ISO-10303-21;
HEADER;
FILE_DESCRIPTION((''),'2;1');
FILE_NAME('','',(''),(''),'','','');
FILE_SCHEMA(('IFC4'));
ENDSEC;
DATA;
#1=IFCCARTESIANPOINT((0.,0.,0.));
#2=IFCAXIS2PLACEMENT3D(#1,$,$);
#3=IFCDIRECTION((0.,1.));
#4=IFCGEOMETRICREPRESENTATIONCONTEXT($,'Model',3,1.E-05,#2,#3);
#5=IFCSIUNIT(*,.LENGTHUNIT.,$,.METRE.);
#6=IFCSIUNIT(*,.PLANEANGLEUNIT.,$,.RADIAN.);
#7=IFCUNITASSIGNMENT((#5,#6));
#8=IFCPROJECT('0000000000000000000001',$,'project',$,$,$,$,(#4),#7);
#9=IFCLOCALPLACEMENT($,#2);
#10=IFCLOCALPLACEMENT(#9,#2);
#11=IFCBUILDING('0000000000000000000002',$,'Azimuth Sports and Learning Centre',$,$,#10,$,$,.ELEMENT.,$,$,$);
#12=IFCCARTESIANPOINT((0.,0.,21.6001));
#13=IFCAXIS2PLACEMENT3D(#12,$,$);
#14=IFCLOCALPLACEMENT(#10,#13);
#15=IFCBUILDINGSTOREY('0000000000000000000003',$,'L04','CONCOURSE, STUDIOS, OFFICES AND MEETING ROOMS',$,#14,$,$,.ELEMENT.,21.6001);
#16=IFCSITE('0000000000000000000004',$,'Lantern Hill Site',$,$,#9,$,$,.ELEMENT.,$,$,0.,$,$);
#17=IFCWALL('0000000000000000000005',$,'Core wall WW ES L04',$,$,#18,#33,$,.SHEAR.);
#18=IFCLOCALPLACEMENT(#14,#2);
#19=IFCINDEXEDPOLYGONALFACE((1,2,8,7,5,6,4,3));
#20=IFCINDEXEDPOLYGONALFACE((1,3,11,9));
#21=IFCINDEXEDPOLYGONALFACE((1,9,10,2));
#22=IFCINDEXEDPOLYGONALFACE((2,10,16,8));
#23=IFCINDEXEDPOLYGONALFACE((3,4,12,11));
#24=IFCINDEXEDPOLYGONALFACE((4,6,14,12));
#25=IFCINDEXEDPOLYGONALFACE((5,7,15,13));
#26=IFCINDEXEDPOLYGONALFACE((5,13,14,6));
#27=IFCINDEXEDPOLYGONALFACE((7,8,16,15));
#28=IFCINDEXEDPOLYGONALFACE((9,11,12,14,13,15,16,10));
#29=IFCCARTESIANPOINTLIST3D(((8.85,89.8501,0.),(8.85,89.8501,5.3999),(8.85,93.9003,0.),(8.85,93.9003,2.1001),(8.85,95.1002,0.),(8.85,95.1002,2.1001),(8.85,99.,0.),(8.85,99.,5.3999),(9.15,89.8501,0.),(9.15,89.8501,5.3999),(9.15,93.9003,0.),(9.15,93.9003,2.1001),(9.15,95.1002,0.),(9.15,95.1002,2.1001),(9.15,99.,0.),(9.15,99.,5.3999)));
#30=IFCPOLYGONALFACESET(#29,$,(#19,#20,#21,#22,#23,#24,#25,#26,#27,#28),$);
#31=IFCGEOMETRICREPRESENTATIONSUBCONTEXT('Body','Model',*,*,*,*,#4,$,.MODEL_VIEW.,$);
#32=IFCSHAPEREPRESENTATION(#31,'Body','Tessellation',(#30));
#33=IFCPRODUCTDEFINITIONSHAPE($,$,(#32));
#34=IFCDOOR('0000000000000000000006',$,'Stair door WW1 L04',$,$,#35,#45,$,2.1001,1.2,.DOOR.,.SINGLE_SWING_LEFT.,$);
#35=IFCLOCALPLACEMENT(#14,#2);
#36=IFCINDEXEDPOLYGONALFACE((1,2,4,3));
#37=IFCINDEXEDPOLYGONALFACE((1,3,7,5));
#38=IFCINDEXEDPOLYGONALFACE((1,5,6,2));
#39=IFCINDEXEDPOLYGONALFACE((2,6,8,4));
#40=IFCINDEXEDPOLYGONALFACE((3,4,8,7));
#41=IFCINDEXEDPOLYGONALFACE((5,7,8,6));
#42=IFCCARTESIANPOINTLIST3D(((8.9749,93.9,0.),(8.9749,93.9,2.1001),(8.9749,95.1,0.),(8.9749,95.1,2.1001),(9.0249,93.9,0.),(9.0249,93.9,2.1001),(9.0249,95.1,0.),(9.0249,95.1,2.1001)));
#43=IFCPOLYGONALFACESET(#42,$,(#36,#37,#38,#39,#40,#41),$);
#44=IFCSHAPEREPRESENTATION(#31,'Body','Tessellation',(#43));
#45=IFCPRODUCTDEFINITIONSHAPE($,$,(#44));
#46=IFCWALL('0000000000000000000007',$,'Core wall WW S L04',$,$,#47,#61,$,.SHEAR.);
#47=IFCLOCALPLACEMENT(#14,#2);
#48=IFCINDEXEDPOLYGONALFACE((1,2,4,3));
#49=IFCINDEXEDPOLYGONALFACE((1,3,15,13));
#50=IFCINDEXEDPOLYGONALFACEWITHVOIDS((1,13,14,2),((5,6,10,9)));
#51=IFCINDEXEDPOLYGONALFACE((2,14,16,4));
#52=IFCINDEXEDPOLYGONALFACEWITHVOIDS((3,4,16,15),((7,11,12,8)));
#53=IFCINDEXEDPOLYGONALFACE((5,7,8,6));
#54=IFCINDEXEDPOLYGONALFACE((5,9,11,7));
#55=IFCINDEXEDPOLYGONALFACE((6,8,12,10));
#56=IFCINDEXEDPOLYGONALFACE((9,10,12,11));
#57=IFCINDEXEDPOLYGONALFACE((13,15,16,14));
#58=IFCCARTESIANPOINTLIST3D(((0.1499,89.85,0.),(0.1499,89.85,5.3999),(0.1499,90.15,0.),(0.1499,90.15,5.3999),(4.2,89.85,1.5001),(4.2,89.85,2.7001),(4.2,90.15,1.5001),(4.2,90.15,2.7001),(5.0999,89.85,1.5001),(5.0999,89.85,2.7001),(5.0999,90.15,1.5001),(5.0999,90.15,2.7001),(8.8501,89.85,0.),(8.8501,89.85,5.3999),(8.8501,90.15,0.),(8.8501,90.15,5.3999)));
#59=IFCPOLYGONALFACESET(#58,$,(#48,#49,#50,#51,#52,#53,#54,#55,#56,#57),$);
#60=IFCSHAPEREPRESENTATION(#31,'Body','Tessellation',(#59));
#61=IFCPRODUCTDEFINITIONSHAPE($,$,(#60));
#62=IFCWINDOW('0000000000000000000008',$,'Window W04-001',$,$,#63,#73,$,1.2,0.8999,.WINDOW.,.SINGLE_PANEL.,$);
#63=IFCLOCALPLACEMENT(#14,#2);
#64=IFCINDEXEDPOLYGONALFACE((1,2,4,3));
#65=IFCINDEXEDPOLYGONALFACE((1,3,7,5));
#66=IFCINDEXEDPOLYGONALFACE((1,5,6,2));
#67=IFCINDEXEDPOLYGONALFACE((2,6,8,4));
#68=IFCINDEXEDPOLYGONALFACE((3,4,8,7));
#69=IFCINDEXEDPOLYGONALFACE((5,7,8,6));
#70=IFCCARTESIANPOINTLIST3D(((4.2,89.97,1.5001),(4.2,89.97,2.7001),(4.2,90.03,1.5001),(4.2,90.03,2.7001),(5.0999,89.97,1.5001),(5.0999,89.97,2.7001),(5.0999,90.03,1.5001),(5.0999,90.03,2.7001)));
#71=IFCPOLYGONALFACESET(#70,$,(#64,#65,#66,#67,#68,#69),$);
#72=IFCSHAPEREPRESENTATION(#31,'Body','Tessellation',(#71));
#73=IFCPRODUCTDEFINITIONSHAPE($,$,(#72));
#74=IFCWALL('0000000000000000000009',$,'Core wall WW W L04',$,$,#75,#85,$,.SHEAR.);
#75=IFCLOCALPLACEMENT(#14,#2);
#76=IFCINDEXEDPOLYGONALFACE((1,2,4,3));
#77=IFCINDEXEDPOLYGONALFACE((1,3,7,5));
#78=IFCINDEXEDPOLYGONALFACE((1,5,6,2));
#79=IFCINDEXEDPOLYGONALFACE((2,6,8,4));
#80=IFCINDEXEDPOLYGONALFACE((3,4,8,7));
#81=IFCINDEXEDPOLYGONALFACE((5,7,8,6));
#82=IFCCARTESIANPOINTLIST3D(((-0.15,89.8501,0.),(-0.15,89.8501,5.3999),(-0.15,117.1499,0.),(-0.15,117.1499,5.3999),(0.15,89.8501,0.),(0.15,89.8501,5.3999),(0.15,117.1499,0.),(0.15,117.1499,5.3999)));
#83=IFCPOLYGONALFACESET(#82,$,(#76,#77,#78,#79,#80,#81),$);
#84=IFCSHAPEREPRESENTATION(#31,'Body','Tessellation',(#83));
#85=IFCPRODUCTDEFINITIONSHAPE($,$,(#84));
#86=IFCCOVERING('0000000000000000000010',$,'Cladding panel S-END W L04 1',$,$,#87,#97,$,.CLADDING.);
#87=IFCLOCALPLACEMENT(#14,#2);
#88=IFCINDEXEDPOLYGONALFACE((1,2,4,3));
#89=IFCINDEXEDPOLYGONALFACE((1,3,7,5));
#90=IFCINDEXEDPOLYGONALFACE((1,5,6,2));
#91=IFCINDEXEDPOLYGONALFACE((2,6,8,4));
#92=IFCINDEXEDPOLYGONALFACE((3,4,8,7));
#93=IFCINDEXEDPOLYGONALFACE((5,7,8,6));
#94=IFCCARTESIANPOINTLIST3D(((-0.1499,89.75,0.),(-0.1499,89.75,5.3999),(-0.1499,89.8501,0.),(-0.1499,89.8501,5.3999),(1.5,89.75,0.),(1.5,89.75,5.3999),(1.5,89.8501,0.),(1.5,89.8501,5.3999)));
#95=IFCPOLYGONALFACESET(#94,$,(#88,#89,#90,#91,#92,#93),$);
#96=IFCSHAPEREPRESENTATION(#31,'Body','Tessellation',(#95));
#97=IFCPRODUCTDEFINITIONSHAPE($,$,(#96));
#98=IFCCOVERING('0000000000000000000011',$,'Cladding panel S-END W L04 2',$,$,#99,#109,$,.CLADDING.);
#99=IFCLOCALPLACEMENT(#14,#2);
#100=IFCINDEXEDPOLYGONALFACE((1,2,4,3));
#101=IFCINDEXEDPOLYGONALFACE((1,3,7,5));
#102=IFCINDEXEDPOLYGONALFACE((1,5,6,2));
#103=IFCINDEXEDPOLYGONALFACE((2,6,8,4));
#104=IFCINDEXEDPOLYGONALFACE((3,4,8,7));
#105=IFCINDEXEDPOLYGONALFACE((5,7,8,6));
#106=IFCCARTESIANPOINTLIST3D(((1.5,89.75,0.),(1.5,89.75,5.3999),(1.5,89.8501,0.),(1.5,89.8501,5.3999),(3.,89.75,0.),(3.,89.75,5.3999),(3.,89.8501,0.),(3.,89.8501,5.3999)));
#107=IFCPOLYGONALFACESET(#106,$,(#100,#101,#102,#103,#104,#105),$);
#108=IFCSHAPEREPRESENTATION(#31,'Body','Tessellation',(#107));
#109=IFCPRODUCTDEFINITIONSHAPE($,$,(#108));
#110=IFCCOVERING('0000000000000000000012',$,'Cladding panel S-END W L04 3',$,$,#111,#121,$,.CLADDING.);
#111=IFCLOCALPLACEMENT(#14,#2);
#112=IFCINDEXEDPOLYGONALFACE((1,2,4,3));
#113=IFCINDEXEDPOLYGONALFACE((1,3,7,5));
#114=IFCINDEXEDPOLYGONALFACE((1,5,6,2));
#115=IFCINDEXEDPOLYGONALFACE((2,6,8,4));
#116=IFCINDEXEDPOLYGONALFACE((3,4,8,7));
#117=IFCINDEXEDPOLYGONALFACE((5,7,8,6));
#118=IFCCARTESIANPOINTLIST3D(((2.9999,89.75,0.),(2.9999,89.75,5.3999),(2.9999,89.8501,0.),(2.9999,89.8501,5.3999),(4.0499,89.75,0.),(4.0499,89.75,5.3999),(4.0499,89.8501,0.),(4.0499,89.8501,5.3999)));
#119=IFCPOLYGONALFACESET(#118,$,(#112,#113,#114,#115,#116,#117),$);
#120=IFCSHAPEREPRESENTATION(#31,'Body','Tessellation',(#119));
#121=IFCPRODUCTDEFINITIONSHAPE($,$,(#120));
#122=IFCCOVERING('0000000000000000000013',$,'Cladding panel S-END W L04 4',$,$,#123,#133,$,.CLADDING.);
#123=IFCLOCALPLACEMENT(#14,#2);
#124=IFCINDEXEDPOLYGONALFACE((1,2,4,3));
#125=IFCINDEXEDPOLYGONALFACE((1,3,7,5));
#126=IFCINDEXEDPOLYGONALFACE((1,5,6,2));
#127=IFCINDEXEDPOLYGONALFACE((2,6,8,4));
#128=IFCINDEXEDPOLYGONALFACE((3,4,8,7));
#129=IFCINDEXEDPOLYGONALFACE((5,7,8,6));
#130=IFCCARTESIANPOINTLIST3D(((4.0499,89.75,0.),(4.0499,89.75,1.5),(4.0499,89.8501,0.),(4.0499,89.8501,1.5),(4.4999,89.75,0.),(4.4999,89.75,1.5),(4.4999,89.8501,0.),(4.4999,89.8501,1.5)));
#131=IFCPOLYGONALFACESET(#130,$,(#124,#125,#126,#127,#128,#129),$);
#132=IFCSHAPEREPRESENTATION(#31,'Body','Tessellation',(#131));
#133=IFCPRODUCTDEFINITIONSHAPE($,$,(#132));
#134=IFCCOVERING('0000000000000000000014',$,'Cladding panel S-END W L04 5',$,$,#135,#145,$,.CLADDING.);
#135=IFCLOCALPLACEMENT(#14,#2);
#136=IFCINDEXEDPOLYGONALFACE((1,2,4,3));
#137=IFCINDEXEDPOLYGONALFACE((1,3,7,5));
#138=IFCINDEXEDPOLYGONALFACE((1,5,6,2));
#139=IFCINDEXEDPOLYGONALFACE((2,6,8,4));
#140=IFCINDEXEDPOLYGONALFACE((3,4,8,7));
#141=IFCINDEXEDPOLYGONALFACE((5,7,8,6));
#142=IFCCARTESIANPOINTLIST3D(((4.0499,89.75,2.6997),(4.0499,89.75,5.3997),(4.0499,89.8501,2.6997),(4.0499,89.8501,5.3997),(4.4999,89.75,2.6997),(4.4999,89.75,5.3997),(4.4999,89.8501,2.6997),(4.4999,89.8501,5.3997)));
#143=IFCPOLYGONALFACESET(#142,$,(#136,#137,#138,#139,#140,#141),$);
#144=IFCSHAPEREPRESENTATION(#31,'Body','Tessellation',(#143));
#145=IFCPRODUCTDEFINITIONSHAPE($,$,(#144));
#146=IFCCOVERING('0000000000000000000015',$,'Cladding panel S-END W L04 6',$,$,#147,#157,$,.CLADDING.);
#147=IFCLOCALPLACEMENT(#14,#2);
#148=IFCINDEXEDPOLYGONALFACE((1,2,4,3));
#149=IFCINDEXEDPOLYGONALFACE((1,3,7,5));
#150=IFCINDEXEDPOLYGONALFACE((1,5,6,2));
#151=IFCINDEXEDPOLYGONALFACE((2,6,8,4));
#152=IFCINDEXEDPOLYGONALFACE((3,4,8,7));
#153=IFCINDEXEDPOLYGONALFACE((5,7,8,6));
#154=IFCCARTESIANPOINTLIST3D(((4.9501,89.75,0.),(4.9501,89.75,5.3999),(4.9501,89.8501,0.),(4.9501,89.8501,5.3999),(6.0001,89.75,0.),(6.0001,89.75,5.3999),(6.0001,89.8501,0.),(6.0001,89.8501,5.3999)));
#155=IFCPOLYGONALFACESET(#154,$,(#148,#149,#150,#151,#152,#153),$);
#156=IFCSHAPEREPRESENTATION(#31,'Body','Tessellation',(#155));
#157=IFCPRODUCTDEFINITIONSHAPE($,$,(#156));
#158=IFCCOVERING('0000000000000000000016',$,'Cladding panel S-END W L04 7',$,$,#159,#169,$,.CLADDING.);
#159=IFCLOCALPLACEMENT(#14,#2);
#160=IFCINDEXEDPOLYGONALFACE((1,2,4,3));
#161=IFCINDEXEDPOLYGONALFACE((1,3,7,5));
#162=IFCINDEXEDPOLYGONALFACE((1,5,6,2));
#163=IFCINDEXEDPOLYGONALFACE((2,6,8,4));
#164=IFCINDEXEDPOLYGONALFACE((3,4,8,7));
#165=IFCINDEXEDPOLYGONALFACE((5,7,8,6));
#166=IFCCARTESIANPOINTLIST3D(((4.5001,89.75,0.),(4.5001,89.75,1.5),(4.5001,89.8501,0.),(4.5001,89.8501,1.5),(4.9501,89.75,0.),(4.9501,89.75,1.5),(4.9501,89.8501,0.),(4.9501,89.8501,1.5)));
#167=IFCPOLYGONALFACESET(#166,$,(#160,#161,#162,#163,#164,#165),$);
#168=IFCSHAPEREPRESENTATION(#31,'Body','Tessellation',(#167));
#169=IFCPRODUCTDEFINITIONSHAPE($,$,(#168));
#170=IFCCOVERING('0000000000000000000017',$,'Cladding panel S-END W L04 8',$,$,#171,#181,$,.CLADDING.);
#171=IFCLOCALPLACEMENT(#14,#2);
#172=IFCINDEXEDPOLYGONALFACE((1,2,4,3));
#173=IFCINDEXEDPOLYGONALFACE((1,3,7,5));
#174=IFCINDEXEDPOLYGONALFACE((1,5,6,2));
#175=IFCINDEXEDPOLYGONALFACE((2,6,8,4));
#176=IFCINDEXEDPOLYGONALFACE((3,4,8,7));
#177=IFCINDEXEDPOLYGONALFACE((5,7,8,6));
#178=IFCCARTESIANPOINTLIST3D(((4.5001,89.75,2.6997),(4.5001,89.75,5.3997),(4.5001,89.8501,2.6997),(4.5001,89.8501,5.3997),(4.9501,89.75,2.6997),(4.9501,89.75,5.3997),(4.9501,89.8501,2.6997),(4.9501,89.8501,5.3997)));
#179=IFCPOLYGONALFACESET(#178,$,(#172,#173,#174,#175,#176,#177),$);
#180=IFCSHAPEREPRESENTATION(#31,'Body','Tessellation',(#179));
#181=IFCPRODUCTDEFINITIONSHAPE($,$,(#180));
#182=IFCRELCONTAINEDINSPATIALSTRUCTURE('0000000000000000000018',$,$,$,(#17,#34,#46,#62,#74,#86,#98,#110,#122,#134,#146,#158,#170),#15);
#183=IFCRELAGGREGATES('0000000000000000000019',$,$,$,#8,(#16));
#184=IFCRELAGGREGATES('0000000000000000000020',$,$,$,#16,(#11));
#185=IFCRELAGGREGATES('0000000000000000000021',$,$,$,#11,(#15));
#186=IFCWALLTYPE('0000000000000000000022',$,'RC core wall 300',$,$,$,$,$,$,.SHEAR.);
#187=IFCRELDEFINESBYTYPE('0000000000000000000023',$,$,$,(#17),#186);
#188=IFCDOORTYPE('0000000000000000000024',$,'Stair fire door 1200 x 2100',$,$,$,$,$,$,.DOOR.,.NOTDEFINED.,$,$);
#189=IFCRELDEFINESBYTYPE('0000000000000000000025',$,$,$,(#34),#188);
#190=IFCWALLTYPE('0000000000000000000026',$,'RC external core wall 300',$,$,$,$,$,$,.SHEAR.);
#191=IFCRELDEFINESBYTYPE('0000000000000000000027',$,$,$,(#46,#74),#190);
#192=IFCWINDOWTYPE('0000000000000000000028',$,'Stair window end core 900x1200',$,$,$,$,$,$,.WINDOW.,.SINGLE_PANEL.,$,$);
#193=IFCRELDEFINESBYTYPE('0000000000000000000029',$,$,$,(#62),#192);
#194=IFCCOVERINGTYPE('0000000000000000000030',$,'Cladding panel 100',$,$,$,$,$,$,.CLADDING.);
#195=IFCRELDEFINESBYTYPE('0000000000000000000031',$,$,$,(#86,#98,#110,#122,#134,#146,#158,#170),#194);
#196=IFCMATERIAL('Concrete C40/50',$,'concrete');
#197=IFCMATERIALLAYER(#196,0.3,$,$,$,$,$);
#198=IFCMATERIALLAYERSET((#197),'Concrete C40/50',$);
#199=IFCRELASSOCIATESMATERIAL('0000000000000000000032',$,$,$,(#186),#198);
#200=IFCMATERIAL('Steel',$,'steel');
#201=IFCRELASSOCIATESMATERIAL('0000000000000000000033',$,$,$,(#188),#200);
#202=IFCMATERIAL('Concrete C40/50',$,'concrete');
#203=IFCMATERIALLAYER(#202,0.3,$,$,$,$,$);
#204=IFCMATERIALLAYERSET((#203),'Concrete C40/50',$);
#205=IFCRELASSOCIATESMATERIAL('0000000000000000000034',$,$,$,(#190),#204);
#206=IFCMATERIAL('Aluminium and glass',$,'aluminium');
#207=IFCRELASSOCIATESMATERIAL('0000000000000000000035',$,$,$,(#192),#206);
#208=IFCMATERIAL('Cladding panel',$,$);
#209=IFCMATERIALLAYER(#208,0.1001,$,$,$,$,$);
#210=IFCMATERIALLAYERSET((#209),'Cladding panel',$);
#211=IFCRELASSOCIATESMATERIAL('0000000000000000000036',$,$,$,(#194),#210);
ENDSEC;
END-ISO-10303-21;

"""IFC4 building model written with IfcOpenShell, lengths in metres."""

from ifc_helpers import new_model, si_unit, direction, frame, frame_2d, origin, origin_2d, place, context, subcontext, project, spatial, rectangle, extrude, material, layer, layer_set, type_object, element, fill, save


model = new_model("IFC4")

# Units and contexts
model_context = context("Model", 3, precision=1e-05, world=origin(), true_north=direction((0.0, 1.0)))
body_context = subcontext(model_context, "Body", "Model", "MODEL_VIEW")
ifc_project = project(units=[si_unit("LENGTHUNIT", "METRE"), si_unit("PLANEANGLEUNIT", "RADIAN")], contexts=[model_context])

# Site, building, storey
site_placement = place(None, origin())
site = spatial("IfcSite", under=ifc_project, at=site_placement, Name="Lantern Hill Site", CompositionType="ELEMENT", RefElevation=0.0)
building_placement = place(site_placement, origin())
building = spatial("IfcBuilding", under=site, at=building_placement, Name="Azimuth Sports and Learning Centre", CompositionType="ELEMENT")
storey_placement = place(building_placement, frame((0.0, 0.0, 21.6001)))
storey = spatial("IfcBuildingStorey", under=building, at=storey_placement, Name="L04", Description="CONCOURSE, STUDIOS, OFFICES AND MEETING ROOMS", CompositionType="ELEMENT", Elevation=21.6001)

# Wall, opening, door
ifc_material_1 = material(Name="Concrete C40/50", Category="concrete")
ifc_layer_1 = layer(ifc_material_1, 0.3)
ifc_layer_set_1 = layer_set([ifc_layer_1], Name="Concrete C40/50")
wall_type_1 = type_object("IfcWallType", Name="RC core wall 300", PredefinedType="SHEAR", material=ifc_layer_set_1)
wall_1_placement = place(storey_placement, frame((9.0, 89.8501, 0.0), z_axis=(0.0, 0.0, 1.0), x_axis=(0.0, 1.0, 0.0)))
wall_1 = element("IfcWall", 1, at=wall_1_placement, inside=storey, type_object=wall_type_1, Name="Core wall WW ES L04", PredefinedType="SHEAR", context=body_context, shape_type="SweptSolid", body=[
    extrude(rectangle(XDim=9.1499, YDim=0.3, at=frame_2d((4.575, 0.0))), origin(), (0.0, 0.0, 1.0), 5.3999),
])
opening_1_placement = place(wall_1_placement, frame((4.05, 0.0, 0.0)))
opening_1 = element("IfcOpeningElement", 2, at=opening_1_placement, cuts=wall_1, PredefinedType="OPENING", context=body_context, shape_type="SweptSolid", body=[
    extrude(rectangle(XDim=1.2, YDim=2.1001, at=frame_2d((0.6001, 1.05))), frame((0.0, 0.1611, 0.0), z_axis=(0.0, -1.0, 0.0), x_axis=(1.0, 0.0, 0.0)), (0.0, 0.0, 1.0), 0.322),
])
ifc_material_2 = material(Name="Steel", Category="steel")
door_type = type_object("IfcDoorType", Name="Stair fire door 1200 x 2100", OperationType="NOTDEFINED", PredefinedType="DOOR", material=ifc_material_2)
door_placement = place(opening_1_placement, frame((1.2, 0.0, 0.0), z_axis=(0.0, 0.0, 1.0), x_axis=(-1.0, 0.0, 0.0)))
door = element("IfcDoor", 3, at=door_placement, inside=storey, type_object=door_type, Name="Stair door WW1 L04", OperationType="SINGLE_SWING_LEFT", OverallHeight=2.1001, OverallWidth=1.2, PredefinedType="DOOR", context=body_context, shape_type="SweptSolid", body=[
    extrude(rectangle(XDim=1.2, YDim=2.1001, at=frame_2d((0.6001, 1.05))), frame((0.0, 0.0249, 0.0), z_axis=(0.0, -1.0, 0.0), x_axis=(1.0, 0.0, 0.0)), (0.0, 0.0, 1.0), 0.05),
])
fill(opening_1, door)

# Wall, opening, window
ifc_material_3 = material(Name="Concrete C40/50", Category="concrete")
ifc_layer_2 = layer(ifc_material_3, 0.3)
ifc_layer_set_2 = layer_set([ifc_layer_2], Name="Concrete C40/50")
wall_type_2 = type_object("IfcWallType", Name="RC external core wall 300", PredefinedType="SHEAR", material=ifc_layer_set_2)
wall_2_placement = place(storey_placement, frame((0.1499, 90.0, 0.0), z_axis=(0.0, 0.0, 1.0), x_axis=(1.0, 0.0, 0.0)))
wall_2 = element("IfcWall", 4, at=wall_2_placement, inside=storey, type_object=wall_type_2, Name="Core wall WW S L04", PredefinedType="SHEAR", context=body_context, shape_type="SweptSolid", body=[
    extrude(rectangle(XDim=8.7002, YDim=0.3, at=frame_2d((4.3501, 0.0))), origin(), (0.0, 0.0, 1.0), 5.3999),
])
opening_2_placement = place(wall_2_placement, frame((4.05, 0.0, 1.5)))
opening_2 = element("IfcOpeningElement", 5, at=opening_2_placement, cuts=wall_2, PredefinedType="OPENING", context=body_context, shape_type="SweptSolid", body=[
    extrude(rectangle(XDim=0.8999, YDim=1.2, at=frame_2d((0.45, 0.6001))), frame((0.0, 0.1611, 0.0), z_axis=(0.0, -1.0, 0.0), x_axis=(1.0, 0.0, 0.0)), (0.0, 0.0, 1.0), 0.322),
])
ifc_material_4 = material(Name="Aluminium and glass", Category="aluminium")
window_type = type_object("IfcWindowType", Name="Stair window end core 900x1200", PartitioningType="SINGLE_PANEL", PredefinedType="WINDOW", material=ifc_material_4)
window_placement = place(opening_2_placement, origin())
window = element("IfcWindow", 6, at=window_placement, inside=storey, type_object=window_type, Name="Window W04-001", OverallHeight=1.2, OverallWidth=0.8999, PartitioningType="SINGLE_PANEL", PredefinedType="WINDOW", context=body_context, shape_type="SweptSolid", body=[
    extrude(rectangle(XDim=0.8999, YDim=1.2, at=frame_2d((0.45, 0.6001))), frame((0.0, 0.03, 0.0), z_axis=(0.0, -1.0, 0.0), x_axis=(1.0, 0.0, 0.0)), (0.0, 0.0, 1.0), 0.0601),
])
fill(opening_2, window)

# Wall
wall_3_placement = place(storey_placement, frame((0.0, 89.8501, 0.0), z_axis=(0.0, 0.0, 1.0), x_axis=(0.0, 1.0, 0.0)))
element("IfcWall", 7, at=wall_3_placement, inside=storey, type_object=wall_type_2, Name="Core wall WW W L04", PredefinedType="SHEAR", context=body_context, shape_type="SweptSolid", body=[
    extrude(rectangle(XDim=27.2998, YDim=0.3, at=frame_2d((13.6499, 0.0))), origin(), (0.0, 0.0, 1.0), 5.3999),
])

# Coverings
ifc_material_5 = material(Name="Cladding panel")
ifc_layer_3 = layer(ifc_material_5, 0.1001)
ifc_layer_set_3 = layer_set([ifc_layer_3], Name="Cladding panel")
covering_type = type_object("IfcCoveringType", Name="Cladding panel 100", PredefinedType="CLADDING", material=ifc_layer_set_3)
covering_1_placement = place(storey_placement, frame((0.675, 89.8, 0.0), z_axis=(0.0, 0.0, 1.0), x_axis=(1.0, 0.0, 0.0)))
element("IfcCovering", 8, at=covering_1_placement, inside=storey, type_object=covering_type, Name="Cladding panel S-END W L04 1", PredefinedType="CLADDING", context=body_context, shape_type="SweptSolid", body=[
    extrude(rectangle(XDim=1.6499, YDim=0.1001, at=origin_2d()), origin(), (0.0, 0.0, 1.0), 5.3999),
])
covering_2_placement = place(storey_placement, frame((2.25, 89.8, 0.0), z_axis=(0.0, 0.0, 1.0), x_axis=(1.0, 0.0, 0.0)))
element("IfcCovering", 9, at=covering_2_placement, inside=storey, type_object=covering_type, Name="Cladding panel S-END W L04 2", PredefinedType="CLADDING", context=body_context, shape_type="SweptSolid", body=[
    extrude(rectangle(XDim=1.5, YDim=0.1001, at=origin_2d()), origin(), (0.0, 0.0, 1.0), 5.3999),
])
covering_3_placement = place(storey_placement, frame((3.5249, 89.8, 0.0), z_axis=(0.0, 0.0, 1.0), x_axis=(1.0, 0.0, 0.0)))
element("IfcCovering", 10, at=covering_3_placement, inside=storey, type_object=covering_type, Name="Cladding panel S-END W L04 3", PredefinedType="CLADDING", context=body_context, shape_type="SweptSolid", body=[
    extrude(rectangle(XDim=1.05, YDim=0.1001, at=origin_2d()), origin(), (0.0, 0.0, 1.0), 5.3999),
])
covering_4_placement = place(storey_placement, frame((4.2749, 89.8, 0.0), z_axis=(0.0, 0.0, 1.0), x_axis=(1.0, 0.0, 0.0)))
element("IfcCovering", 11, at=covering_4_placement, inside=storey, type_object=covering_type, Name="Cladding panel S-END W L04 4", PredefinedType="CLADDING", context=body_context, shape_type="SweptSolid", body=[
    extrude(rectangle(XDim=0.45, YDim=0.1001, at=origin_2d()), origin(), (0.0, 0.0, 1.0), 1.5),
])
covering_5_placement = place(storey_placement, frame((4.2749, 89.8, 2.6997), z_axis=(0.0, 0.0, 1.0), x_axis=(1.0, 0.0, 0.0)))
element("IfcCovering", 12, at=covering_5_placement, inside=storey, type_object=covering_type, Name="Cladding panel S-END W L04 5", PredefinedType="CLADDING", context=body_context, shape_type="SweptSolid", body=[
    extrude(rectangle(XDim=0.45, YDim=0.1001, at=origin_2d()), origin(), (0.0, 0.0, 1.0), 2.7),
])
covering_6_placement = place(storey_placement, frame((5.4751, 89.8, 0.0), z_axis=(0.0, 0.0, 1.0), x_axis=(1.0, 0.0, 0.0)))
element("IfcCovering", 13, at=covering_6_placement, inside=storey, type_object=covering_type, Name="Cladding panel S-END W L04 6", PredefinedType="CLADDING", context=body_context, shape_type="SweptSolid", body=[
    extrude(rectangle(XDim=1.05, YDim=0.1001, at=origin_2d()), origin(), (0.0, 0.0, 1.0), 5.3999),
])
covering_7_placement = place(storey_placement, frame((4.7251, 89.8, 0.0), z_axis=(0.0, 0.0, 1.0), x_axis=(1.0, 0.0, 0.0)))
element("IfcCovering", 14, at=covering_7_placement, inside=storey, type_object=covering_type, Name="Cladding panel S-END W L04 7", PredefinedType="CLADDING", context=body_context, shape_type="SweptSolid", body=[
    extrude(rectangle(XDim=0.45, YDim=0.1001, at=origin_2d()), origin(), (0.0, 0.0, 1.0), 1.5),
])
covering_8_placement = place(storey_placement, frame((4.7251, 89.8, 2.6997), z_axis=(0.0, 0.0, 1.0), x_axis=(1.0, 0.0, 0.0)))
element("IfcCovering", 15, at=covering_8_placement, inside=storey, type_object=covering_type, Name="Cladding panel S-END W L04 8", PredefinedType="CLADDING", context=body_context, shape_type="SweptSolid", body=[
    extrude(rectangle(XDim=0.45, YDim=0.1001, at=origin_2d()), origin(), (0.0, 0.0, 1.0), 2.7),
])

save(model, "model.ifc")
